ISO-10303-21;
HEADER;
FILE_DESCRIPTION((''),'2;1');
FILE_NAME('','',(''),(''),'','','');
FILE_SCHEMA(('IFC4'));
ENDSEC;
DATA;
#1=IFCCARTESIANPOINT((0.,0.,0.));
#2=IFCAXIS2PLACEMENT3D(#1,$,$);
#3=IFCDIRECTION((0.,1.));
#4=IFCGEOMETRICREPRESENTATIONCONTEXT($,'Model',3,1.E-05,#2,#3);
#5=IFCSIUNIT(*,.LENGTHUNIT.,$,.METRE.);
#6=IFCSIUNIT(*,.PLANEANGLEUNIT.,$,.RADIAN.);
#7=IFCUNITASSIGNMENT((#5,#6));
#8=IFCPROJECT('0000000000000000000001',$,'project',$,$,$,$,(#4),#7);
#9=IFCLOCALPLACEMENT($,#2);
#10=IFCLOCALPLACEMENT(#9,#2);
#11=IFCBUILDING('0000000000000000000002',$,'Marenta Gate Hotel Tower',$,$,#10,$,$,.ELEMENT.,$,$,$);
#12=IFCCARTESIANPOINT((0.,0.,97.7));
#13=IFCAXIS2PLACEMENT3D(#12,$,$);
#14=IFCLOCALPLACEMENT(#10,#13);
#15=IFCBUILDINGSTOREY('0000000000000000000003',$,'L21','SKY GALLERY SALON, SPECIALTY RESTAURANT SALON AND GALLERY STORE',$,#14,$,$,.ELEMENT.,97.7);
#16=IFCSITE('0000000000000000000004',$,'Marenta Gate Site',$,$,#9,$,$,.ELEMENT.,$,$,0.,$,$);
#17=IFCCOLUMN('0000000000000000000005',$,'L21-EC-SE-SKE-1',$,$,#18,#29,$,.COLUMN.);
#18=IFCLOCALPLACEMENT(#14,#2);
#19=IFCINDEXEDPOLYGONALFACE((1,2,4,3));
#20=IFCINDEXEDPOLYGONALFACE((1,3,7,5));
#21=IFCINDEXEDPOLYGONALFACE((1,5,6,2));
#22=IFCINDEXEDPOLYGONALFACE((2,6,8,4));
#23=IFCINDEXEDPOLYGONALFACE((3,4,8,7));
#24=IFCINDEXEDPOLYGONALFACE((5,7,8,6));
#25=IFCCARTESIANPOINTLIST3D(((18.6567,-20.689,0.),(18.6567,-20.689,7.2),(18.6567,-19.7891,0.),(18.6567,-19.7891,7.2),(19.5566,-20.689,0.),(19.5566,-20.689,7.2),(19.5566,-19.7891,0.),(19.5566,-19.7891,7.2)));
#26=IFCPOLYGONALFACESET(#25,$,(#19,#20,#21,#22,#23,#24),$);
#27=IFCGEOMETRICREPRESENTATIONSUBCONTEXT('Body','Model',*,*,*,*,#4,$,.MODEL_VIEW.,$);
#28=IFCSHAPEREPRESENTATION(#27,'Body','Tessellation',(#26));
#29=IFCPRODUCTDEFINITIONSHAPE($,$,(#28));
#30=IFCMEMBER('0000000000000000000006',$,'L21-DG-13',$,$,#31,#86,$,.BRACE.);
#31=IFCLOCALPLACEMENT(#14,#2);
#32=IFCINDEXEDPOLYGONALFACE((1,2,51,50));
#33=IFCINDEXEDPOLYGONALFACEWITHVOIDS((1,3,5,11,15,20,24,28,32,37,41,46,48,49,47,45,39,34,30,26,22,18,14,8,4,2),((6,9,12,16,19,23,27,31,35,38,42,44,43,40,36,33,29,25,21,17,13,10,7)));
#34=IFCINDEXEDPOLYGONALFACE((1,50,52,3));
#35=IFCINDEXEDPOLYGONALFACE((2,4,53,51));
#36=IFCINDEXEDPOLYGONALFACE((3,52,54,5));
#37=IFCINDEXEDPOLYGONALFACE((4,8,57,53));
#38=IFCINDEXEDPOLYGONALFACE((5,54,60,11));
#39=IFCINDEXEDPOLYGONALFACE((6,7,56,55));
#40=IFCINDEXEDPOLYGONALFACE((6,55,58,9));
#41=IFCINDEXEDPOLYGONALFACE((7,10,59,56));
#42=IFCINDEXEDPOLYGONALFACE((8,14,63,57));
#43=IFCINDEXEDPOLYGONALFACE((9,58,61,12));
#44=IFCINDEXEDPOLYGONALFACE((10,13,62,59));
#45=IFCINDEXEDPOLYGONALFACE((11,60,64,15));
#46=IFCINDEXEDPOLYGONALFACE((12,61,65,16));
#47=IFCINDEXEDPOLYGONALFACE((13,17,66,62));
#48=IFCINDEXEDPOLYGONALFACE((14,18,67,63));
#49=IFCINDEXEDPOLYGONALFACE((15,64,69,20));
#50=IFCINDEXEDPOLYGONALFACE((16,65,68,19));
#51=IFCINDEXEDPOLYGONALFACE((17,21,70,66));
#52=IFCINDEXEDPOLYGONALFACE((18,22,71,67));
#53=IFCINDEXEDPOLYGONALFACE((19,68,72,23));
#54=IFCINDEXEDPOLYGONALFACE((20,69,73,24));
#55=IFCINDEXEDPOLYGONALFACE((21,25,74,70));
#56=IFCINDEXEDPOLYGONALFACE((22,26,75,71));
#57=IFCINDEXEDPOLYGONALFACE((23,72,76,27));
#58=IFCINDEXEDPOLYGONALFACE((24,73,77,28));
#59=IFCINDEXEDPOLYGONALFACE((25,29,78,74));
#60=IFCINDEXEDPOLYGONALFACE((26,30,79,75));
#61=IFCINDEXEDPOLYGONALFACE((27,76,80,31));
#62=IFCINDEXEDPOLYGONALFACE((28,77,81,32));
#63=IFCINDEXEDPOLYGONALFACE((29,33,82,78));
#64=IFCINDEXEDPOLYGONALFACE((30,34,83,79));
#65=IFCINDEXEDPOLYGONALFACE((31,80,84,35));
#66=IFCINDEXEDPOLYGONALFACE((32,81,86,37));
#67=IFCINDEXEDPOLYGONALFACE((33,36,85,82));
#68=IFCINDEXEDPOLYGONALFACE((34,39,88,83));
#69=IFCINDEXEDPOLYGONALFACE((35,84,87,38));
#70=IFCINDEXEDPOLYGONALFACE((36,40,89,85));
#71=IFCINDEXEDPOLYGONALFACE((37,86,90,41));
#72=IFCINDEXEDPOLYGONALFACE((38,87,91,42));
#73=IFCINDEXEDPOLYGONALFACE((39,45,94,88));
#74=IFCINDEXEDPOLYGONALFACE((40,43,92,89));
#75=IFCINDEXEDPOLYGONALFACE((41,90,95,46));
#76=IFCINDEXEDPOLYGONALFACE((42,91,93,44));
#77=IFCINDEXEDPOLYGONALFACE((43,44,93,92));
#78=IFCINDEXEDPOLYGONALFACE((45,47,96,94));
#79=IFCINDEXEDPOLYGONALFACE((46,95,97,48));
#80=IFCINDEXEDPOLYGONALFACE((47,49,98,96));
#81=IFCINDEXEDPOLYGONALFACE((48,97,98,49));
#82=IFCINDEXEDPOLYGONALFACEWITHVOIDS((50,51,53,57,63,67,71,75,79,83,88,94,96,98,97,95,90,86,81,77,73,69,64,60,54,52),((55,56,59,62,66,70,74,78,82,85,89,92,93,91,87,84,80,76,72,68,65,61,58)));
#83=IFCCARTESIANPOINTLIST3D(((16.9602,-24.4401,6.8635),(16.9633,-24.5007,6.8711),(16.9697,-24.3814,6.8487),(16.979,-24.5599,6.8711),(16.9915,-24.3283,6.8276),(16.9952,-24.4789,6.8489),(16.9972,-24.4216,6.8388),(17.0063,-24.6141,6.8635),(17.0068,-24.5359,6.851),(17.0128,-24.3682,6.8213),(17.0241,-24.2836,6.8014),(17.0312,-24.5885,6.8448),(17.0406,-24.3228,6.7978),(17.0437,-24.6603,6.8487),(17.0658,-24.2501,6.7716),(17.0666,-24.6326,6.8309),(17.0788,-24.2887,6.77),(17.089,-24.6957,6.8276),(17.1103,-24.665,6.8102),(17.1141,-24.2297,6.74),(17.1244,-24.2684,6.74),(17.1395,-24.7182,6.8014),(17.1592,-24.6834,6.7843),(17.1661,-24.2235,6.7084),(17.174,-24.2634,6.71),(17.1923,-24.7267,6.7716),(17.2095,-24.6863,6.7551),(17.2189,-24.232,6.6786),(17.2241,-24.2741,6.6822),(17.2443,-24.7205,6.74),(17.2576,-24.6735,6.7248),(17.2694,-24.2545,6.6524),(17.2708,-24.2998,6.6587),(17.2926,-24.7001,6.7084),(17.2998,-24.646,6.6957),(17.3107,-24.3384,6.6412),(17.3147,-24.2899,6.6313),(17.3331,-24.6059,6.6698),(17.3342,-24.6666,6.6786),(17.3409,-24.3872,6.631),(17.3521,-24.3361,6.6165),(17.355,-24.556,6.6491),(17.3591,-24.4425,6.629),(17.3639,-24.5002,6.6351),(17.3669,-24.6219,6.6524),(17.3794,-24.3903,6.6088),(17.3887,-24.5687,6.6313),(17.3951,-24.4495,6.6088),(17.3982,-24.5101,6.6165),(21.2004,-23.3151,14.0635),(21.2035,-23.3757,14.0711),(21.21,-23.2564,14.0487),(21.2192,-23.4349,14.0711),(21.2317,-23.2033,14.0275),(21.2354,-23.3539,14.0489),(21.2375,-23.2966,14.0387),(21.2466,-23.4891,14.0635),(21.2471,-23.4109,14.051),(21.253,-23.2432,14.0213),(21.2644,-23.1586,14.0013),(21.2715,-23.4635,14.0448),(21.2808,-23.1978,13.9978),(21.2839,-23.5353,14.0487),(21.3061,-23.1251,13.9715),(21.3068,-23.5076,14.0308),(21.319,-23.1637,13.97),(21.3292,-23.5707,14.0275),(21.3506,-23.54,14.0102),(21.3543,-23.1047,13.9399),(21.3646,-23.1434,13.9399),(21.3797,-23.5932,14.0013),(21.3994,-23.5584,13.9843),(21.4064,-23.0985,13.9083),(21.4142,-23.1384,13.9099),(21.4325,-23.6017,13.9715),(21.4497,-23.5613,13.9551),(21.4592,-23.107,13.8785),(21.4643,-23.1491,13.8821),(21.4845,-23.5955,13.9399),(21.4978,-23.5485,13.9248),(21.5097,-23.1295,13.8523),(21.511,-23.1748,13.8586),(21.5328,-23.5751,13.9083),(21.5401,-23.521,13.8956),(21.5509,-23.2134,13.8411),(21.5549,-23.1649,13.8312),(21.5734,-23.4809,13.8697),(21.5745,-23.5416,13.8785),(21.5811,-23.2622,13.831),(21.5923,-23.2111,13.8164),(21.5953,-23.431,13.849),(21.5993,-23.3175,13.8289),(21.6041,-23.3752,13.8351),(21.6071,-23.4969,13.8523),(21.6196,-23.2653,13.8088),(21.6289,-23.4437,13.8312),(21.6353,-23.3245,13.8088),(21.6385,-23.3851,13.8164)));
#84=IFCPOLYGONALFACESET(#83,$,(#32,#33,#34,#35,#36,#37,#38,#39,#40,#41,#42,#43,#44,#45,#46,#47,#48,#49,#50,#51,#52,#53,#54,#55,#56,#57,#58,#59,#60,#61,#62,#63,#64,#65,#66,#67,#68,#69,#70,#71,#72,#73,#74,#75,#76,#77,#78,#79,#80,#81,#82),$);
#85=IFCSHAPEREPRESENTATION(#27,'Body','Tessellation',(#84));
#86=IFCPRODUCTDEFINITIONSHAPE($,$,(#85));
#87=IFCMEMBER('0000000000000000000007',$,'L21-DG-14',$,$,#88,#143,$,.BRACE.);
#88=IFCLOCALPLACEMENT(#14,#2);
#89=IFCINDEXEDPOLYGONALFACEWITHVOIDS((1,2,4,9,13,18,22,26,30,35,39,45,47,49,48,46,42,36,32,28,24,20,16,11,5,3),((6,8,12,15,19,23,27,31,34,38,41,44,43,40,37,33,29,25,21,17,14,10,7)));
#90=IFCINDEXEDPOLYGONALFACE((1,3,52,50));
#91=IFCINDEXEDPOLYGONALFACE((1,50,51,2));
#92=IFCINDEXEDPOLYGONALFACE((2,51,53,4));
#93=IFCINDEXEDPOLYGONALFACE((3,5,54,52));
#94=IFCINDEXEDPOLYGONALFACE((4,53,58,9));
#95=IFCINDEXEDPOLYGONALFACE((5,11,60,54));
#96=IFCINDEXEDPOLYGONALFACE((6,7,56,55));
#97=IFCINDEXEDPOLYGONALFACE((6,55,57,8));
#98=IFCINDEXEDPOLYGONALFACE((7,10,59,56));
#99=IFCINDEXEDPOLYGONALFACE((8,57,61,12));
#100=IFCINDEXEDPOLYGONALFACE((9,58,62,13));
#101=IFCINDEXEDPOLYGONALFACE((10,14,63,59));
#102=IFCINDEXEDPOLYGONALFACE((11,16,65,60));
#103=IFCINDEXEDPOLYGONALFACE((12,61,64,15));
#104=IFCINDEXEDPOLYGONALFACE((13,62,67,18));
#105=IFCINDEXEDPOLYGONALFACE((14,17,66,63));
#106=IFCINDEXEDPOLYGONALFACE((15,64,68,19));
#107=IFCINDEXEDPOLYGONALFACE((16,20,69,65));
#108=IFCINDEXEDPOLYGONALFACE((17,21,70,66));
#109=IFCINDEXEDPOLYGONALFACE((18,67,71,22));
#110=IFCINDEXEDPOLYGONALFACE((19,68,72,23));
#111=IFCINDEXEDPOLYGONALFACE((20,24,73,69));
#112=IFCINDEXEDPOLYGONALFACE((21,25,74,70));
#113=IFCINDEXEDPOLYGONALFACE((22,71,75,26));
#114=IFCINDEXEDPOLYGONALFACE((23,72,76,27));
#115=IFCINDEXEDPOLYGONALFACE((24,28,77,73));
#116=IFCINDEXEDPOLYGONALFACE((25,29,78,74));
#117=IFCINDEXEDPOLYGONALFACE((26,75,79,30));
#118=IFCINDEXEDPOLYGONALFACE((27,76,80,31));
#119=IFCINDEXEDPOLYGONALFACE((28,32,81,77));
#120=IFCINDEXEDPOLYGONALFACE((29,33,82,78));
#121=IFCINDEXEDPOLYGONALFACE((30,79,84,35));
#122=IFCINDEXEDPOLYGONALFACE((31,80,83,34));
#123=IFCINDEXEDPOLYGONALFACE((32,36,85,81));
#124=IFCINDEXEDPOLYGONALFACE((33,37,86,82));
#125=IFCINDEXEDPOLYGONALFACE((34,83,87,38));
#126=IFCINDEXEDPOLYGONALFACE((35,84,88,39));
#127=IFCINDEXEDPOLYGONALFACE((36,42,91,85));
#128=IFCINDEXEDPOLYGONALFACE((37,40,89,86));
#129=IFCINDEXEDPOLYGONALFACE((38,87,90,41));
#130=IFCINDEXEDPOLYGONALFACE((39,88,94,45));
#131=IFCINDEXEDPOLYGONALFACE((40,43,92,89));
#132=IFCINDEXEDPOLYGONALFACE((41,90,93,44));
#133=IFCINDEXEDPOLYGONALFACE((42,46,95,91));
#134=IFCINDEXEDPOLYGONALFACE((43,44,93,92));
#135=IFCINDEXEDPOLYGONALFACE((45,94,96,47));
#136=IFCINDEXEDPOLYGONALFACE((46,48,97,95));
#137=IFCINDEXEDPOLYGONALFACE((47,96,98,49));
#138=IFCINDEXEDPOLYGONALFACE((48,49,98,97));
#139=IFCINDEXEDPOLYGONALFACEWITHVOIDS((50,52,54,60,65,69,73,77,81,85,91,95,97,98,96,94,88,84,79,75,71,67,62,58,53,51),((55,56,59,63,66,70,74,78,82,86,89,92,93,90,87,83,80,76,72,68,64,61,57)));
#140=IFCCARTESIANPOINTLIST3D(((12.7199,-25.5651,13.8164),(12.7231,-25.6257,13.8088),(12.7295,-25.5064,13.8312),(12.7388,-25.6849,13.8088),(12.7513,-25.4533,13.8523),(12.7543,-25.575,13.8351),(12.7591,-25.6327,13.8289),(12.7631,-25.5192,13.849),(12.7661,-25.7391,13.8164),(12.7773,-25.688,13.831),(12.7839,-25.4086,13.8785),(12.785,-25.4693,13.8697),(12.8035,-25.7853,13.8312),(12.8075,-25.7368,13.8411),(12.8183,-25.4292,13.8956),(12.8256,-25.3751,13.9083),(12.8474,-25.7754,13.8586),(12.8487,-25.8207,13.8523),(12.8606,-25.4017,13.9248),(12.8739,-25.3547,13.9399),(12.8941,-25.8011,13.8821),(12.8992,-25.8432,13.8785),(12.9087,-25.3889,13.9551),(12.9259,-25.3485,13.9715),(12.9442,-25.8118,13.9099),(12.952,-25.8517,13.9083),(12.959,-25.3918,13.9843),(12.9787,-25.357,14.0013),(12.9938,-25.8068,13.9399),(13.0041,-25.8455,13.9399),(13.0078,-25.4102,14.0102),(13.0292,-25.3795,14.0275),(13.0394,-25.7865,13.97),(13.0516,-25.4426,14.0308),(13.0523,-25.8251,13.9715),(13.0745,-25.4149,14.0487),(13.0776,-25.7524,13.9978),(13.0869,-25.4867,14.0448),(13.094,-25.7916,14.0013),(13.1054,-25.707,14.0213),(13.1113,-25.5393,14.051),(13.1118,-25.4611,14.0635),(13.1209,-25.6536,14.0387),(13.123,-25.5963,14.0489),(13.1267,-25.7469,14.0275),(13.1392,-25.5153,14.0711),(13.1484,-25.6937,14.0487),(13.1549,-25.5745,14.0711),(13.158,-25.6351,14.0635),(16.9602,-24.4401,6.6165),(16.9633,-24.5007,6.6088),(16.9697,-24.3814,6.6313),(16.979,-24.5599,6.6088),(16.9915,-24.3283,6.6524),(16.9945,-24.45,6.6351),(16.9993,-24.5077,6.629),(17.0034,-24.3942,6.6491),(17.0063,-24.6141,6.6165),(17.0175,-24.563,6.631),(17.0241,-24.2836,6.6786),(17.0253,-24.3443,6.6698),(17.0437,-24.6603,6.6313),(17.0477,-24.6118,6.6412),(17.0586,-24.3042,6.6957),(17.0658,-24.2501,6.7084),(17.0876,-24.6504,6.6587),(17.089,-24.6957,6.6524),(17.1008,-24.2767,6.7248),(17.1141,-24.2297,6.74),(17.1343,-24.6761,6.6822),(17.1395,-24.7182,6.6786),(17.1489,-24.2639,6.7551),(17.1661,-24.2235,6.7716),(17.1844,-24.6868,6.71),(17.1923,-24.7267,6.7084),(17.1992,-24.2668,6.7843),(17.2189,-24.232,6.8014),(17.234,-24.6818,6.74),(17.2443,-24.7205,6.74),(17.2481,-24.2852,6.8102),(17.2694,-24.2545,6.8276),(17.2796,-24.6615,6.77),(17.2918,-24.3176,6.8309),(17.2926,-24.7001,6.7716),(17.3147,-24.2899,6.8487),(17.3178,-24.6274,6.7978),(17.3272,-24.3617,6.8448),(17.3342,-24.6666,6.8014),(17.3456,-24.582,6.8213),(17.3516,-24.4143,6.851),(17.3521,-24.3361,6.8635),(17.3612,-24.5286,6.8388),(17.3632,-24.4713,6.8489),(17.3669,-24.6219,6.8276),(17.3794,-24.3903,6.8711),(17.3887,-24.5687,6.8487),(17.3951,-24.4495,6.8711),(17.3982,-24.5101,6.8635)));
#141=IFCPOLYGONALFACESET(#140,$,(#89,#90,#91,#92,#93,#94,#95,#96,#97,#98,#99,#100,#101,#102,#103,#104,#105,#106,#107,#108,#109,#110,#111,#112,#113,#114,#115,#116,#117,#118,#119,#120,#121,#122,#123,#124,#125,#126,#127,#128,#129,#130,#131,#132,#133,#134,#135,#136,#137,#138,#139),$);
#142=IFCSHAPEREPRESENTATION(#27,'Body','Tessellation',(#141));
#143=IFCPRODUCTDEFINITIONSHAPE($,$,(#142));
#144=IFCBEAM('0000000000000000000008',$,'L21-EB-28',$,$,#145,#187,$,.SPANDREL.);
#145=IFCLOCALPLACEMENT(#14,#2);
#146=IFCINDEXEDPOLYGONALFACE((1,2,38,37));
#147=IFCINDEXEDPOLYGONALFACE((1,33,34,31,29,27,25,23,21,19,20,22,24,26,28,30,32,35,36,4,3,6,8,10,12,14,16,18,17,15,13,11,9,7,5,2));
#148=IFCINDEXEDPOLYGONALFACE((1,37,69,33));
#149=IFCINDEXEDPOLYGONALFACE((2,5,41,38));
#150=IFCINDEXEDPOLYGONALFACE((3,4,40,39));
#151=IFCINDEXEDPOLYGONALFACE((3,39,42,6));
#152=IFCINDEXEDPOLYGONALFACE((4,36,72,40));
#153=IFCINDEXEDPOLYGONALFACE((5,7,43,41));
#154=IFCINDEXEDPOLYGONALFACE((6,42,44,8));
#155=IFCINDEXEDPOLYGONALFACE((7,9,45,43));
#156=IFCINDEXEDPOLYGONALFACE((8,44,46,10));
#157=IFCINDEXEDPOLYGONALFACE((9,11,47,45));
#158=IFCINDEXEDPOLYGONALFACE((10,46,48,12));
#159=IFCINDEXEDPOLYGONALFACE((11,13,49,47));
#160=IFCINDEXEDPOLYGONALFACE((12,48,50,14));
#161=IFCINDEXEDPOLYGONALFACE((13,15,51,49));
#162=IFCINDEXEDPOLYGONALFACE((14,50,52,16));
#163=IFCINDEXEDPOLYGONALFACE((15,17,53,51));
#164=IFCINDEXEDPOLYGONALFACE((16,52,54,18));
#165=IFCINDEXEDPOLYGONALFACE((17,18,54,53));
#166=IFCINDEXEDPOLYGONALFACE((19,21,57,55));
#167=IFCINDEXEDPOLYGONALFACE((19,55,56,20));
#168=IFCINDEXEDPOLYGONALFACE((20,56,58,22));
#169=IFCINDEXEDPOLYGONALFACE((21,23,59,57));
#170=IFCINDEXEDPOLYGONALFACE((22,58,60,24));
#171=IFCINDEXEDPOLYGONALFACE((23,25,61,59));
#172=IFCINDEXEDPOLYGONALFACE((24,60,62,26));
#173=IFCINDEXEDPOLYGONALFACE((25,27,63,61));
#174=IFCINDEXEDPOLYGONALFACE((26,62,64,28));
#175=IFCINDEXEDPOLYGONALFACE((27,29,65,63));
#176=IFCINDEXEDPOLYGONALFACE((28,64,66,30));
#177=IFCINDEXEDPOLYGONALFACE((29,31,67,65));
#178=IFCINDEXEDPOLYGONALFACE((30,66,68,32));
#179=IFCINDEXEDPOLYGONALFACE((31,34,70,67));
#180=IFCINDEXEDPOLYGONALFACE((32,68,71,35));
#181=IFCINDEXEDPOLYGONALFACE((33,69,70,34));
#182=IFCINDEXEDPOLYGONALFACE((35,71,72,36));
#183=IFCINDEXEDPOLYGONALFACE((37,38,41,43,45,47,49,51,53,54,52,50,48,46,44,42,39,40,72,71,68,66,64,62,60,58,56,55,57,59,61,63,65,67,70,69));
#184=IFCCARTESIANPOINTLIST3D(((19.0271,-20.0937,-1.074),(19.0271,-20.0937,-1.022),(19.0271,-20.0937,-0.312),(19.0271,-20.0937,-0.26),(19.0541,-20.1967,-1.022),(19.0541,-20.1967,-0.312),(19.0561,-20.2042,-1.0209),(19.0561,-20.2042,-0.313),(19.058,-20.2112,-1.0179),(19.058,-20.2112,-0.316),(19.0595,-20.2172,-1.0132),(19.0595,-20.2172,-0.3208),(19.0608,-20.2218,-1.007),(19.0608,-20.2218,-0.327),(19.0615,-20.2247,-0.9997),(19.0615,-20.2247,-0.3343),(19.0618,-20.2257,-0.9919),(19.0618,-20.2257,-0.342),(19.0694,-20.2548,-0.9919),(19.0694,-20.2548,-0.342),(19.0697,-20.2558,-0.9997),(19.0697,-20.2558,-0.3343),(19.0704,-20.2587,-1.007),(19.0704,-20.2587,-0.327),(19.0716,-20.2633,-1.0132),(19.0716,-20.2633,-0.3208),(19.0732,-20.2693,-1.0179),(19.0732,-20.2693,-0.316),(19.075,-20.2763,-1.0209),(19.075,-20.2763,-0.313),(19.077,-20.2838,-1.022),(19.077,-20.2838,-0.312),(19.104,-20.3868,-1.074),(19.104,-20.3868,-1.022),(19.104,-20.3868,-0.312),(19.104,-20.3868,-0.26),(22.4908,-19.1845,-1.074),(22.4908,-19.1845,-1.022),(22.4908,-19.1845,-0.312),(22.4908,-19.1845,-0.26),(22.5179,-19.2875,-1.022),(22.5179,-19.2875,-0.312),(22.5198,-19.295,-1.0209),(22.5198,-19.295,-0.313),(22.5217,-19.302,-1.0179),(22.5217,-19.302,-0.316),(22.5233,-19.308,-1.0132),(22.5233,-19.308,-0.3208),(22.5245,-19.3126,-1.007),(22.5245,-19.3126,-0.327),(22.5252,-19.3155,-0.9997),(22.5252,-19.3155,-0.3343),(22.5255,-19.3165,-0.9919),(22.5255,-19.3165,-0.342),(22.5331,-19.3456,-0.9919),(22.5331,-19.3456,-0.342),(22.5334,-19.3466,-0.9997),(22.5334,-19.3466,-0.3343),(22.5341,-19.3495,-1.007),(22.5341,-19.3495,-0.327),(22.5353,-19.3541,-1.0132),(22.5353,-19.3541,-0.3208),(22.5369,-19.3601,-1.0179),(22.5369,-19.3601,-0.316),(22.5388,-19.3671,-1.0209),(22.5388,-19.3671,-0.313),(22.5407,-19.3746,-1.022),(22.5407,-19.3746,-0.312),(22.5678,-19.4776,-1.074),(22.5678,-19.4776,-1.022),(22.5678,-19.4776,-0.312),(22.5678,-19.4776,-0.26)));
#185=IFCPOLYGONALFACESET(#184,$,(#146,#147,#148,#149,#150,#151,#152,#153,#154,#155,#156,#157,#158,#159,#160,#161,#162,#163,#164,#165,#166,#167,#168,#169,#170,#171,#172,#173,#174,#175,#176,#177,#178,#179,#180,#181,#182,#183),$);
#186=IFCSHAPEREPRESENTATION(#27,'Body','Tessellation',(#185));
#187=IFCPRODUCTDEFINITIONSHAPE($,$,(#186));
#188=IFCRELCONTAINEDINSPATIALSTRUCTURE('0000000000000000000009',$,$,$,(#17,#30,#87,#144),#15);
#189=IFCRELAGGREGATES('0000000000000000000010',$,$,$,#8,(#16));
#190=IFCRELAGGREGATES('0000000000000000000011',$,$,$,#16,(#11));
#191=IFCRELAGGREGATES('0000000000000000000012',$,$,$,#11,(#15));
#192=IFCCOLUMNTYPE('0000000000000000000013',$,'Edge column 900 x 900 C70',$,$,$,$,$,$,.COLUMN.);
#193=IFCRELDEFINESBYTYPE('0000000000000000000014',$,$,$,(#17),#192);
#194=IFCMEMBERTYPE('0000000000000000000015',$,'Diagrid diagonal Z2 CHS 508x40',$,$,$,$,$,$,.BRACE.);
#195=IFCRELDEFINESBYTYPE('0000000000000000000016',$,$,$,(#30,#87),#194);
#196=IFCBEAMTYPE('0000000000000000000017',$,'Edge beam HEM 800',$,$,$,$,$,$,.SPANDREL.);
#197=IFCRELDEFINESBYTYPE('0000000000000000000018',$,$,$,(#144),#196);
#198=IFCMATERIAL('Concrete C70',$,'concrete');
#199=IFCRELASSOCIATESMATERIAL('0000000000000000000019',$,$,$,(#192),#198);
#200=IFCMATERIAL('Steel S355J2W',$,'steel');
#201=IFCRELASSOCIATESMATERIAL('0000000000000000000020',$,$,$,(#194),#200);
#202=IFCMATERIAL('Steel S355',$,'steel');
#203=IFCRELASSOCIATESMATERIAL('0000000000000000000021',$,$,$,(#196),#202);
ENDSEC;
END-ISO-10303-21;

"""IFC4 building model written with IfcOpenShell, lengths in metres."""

from ifc_helpers import new_model, si_unit, direction, frame, origin, origin_2d, place, context, subcontext, project, spatial, rectangle, hollow_circle, i_section, extrude, material, material_profile, profile_set, type_object, element, save


model = new_model("IFC4")

# Units and contexts
model_context = context("Model", 3, precision=1e-05, world=origin(), true_north=direction((0.0, 1.0)))
body_context = subcontext(model_context, "Body", "Model", "MODEL_VIEW")
ifc_project = project(units=[si_unit("LENGTHUNIT", "METRE"), si_unit("PLANEANGLEUNIT", "RADIAN")], contexts=[model_context])

# Site, building, storey
site_placement = place(None, origin())
site = spatial("IfcSite", under=ifc_project, at=site_placement, Name="Marenta Gate Site", CompositionType="ELEMENT", RefElevation=0.0)
building_placement = place(site_placement, origin())
building = spatial("IfcBuilding", under=site, at=building_placement, Name="Marenta Gate Hotel Tower", CompositionType="ELEMENT")
storey_placement = place(building_placement, frame((0.0, 0.0, 97.7)))
storey = spatial("IfcBuildingStorey", under=building, at=storey_placement, Name="L21", Description="SKY GALLERY SALON, SPECIALTY RESTAURANT SALON AND GALLERY STORE", CompositionType="ELEMENT", Elevation=97.7)

# Column
ifc_material_1 = material(Name="Concrete C70", Category="concrete")
ifc_material_profile_1 = material_profile(ifc_material_1, rectangle(XDim=0.8999, YDim=0.8999, at=origin_2d()), Name="900 x 900")
ifc_profile_set_1 = profile_set([ifc_material_profile_1], Name="Concrete C70")
column_type = type_object("IfcColumnType", Name="Edge column 900 x 900 C70", PredefinedType="COLUMN", material=ifc_profile_set_1)
column_placement = place(storey_placement, frame((19.1067, -20.239, 0.0), z_axis=(0.0, 0.0, 1.0), x_axis=(1.0, 0.0, 0.0)))
element("IfcColumn", 1, at=column_placement, inside=storey, type_object=column_type, Name="L21-EC-SE-SKE-1", PredefinedType="COLUMN", context=body_context, shape_type="SweptSolid", body=[
    extrude(rectangle(XDim=0.8999, YDim=0.8999, at=origin_2d()), origin(), (0.0, 0.0, 1.0), 7.2),
])

# Members
ifc_material_2 = material(Name="Steel S355J2W", Category="steel")
ifc_material_profile_2 = material_profile(ifc_material_2, hollow_circle(Radius=0.2539, WallThickness=0.04, at=origin_2d()), Name="CHS 508x40")
ifc_profile_set_2 = profile_set([ifc_material_profile_2], Name="Steel S355J2W")
member_type_1 = type_object("IfcMemberType", Name="Diagrid diagonal Z2 CHS 508x40", PredefinedType="BRACE", material=ifc_profile_set_2)
for number, where, z_axis, x_axis, name in (
    (2, (17.1792, -24.4751, 6.74), (0.502924, 0.133434, 0.853969), (-0.256443, 0.966559, 0.0), "L21-DG-13"),
    (3, (17.1792, -24.4751, 6.74), (-0.502924, -0.133434, 0.853969), (0.256443, -0.966559, 0.0), "L21-DG-14"),
):
    element("IfcMember", number, at=place(storey_placement, frame(where, z_axis=z_axis, x_axis=x_axis)), inside=storey, type_object=member_type_1, Name=name, PredefinedType="BRACE", context=body_context, shape_type="SweptSolid", body=[
        extrude(hollow_circle(Radius=0.2539, WallThickness=0.04, at=origin_2d()), origin(), (0.0, 0.0, 1.0), 8.4312),
    ])

# Beam
ifc_material_3 = material(Name="Steel S355", Category="steel")
ifc_material_profile_3 = material_profile(ifc_material_3, i_section(OverallWidth=0.303, OverallDepth=0.814, WebThickness=0.03, FlangeThickness=0.052, FilletRadius=0.03, at=origin_2d()), Name="HEM 800")
ifc_profile_set_3 = profile_set([ifc_material_profile_3], Name="Steel S355")
beam_type = type_object("IfcBeamType", Name="Edge beam HEM 800", PredefinedType="SPANDREL", material=ifc_profile_set_3)
beam_1_placement = place(storey_placement, frame((22.5293, -19.3311, -0.667), z_axis=(-0.967232, -0.253893, 0.0), x_axis=(0.253893, -0.967232, 0.0)))
element("IfcBeam", 4, at=beam_1_placement, inside=storey, type_object=beam_type, Name="L21-EB-28", PredefinedType="SPANDREL", context=body_context, shape_type="SweptSolid", body=[
    extrude(i_section(OverallWidth=0.303, OverallDepth=0.814, WebThickness=0.03, FlangeThickness=0.052, FilletRadius=0.03, at=origin_2d()), origin(), (0.0, 0.0, 1.0), 3.5811),
])

save(model, "model.ifc")
